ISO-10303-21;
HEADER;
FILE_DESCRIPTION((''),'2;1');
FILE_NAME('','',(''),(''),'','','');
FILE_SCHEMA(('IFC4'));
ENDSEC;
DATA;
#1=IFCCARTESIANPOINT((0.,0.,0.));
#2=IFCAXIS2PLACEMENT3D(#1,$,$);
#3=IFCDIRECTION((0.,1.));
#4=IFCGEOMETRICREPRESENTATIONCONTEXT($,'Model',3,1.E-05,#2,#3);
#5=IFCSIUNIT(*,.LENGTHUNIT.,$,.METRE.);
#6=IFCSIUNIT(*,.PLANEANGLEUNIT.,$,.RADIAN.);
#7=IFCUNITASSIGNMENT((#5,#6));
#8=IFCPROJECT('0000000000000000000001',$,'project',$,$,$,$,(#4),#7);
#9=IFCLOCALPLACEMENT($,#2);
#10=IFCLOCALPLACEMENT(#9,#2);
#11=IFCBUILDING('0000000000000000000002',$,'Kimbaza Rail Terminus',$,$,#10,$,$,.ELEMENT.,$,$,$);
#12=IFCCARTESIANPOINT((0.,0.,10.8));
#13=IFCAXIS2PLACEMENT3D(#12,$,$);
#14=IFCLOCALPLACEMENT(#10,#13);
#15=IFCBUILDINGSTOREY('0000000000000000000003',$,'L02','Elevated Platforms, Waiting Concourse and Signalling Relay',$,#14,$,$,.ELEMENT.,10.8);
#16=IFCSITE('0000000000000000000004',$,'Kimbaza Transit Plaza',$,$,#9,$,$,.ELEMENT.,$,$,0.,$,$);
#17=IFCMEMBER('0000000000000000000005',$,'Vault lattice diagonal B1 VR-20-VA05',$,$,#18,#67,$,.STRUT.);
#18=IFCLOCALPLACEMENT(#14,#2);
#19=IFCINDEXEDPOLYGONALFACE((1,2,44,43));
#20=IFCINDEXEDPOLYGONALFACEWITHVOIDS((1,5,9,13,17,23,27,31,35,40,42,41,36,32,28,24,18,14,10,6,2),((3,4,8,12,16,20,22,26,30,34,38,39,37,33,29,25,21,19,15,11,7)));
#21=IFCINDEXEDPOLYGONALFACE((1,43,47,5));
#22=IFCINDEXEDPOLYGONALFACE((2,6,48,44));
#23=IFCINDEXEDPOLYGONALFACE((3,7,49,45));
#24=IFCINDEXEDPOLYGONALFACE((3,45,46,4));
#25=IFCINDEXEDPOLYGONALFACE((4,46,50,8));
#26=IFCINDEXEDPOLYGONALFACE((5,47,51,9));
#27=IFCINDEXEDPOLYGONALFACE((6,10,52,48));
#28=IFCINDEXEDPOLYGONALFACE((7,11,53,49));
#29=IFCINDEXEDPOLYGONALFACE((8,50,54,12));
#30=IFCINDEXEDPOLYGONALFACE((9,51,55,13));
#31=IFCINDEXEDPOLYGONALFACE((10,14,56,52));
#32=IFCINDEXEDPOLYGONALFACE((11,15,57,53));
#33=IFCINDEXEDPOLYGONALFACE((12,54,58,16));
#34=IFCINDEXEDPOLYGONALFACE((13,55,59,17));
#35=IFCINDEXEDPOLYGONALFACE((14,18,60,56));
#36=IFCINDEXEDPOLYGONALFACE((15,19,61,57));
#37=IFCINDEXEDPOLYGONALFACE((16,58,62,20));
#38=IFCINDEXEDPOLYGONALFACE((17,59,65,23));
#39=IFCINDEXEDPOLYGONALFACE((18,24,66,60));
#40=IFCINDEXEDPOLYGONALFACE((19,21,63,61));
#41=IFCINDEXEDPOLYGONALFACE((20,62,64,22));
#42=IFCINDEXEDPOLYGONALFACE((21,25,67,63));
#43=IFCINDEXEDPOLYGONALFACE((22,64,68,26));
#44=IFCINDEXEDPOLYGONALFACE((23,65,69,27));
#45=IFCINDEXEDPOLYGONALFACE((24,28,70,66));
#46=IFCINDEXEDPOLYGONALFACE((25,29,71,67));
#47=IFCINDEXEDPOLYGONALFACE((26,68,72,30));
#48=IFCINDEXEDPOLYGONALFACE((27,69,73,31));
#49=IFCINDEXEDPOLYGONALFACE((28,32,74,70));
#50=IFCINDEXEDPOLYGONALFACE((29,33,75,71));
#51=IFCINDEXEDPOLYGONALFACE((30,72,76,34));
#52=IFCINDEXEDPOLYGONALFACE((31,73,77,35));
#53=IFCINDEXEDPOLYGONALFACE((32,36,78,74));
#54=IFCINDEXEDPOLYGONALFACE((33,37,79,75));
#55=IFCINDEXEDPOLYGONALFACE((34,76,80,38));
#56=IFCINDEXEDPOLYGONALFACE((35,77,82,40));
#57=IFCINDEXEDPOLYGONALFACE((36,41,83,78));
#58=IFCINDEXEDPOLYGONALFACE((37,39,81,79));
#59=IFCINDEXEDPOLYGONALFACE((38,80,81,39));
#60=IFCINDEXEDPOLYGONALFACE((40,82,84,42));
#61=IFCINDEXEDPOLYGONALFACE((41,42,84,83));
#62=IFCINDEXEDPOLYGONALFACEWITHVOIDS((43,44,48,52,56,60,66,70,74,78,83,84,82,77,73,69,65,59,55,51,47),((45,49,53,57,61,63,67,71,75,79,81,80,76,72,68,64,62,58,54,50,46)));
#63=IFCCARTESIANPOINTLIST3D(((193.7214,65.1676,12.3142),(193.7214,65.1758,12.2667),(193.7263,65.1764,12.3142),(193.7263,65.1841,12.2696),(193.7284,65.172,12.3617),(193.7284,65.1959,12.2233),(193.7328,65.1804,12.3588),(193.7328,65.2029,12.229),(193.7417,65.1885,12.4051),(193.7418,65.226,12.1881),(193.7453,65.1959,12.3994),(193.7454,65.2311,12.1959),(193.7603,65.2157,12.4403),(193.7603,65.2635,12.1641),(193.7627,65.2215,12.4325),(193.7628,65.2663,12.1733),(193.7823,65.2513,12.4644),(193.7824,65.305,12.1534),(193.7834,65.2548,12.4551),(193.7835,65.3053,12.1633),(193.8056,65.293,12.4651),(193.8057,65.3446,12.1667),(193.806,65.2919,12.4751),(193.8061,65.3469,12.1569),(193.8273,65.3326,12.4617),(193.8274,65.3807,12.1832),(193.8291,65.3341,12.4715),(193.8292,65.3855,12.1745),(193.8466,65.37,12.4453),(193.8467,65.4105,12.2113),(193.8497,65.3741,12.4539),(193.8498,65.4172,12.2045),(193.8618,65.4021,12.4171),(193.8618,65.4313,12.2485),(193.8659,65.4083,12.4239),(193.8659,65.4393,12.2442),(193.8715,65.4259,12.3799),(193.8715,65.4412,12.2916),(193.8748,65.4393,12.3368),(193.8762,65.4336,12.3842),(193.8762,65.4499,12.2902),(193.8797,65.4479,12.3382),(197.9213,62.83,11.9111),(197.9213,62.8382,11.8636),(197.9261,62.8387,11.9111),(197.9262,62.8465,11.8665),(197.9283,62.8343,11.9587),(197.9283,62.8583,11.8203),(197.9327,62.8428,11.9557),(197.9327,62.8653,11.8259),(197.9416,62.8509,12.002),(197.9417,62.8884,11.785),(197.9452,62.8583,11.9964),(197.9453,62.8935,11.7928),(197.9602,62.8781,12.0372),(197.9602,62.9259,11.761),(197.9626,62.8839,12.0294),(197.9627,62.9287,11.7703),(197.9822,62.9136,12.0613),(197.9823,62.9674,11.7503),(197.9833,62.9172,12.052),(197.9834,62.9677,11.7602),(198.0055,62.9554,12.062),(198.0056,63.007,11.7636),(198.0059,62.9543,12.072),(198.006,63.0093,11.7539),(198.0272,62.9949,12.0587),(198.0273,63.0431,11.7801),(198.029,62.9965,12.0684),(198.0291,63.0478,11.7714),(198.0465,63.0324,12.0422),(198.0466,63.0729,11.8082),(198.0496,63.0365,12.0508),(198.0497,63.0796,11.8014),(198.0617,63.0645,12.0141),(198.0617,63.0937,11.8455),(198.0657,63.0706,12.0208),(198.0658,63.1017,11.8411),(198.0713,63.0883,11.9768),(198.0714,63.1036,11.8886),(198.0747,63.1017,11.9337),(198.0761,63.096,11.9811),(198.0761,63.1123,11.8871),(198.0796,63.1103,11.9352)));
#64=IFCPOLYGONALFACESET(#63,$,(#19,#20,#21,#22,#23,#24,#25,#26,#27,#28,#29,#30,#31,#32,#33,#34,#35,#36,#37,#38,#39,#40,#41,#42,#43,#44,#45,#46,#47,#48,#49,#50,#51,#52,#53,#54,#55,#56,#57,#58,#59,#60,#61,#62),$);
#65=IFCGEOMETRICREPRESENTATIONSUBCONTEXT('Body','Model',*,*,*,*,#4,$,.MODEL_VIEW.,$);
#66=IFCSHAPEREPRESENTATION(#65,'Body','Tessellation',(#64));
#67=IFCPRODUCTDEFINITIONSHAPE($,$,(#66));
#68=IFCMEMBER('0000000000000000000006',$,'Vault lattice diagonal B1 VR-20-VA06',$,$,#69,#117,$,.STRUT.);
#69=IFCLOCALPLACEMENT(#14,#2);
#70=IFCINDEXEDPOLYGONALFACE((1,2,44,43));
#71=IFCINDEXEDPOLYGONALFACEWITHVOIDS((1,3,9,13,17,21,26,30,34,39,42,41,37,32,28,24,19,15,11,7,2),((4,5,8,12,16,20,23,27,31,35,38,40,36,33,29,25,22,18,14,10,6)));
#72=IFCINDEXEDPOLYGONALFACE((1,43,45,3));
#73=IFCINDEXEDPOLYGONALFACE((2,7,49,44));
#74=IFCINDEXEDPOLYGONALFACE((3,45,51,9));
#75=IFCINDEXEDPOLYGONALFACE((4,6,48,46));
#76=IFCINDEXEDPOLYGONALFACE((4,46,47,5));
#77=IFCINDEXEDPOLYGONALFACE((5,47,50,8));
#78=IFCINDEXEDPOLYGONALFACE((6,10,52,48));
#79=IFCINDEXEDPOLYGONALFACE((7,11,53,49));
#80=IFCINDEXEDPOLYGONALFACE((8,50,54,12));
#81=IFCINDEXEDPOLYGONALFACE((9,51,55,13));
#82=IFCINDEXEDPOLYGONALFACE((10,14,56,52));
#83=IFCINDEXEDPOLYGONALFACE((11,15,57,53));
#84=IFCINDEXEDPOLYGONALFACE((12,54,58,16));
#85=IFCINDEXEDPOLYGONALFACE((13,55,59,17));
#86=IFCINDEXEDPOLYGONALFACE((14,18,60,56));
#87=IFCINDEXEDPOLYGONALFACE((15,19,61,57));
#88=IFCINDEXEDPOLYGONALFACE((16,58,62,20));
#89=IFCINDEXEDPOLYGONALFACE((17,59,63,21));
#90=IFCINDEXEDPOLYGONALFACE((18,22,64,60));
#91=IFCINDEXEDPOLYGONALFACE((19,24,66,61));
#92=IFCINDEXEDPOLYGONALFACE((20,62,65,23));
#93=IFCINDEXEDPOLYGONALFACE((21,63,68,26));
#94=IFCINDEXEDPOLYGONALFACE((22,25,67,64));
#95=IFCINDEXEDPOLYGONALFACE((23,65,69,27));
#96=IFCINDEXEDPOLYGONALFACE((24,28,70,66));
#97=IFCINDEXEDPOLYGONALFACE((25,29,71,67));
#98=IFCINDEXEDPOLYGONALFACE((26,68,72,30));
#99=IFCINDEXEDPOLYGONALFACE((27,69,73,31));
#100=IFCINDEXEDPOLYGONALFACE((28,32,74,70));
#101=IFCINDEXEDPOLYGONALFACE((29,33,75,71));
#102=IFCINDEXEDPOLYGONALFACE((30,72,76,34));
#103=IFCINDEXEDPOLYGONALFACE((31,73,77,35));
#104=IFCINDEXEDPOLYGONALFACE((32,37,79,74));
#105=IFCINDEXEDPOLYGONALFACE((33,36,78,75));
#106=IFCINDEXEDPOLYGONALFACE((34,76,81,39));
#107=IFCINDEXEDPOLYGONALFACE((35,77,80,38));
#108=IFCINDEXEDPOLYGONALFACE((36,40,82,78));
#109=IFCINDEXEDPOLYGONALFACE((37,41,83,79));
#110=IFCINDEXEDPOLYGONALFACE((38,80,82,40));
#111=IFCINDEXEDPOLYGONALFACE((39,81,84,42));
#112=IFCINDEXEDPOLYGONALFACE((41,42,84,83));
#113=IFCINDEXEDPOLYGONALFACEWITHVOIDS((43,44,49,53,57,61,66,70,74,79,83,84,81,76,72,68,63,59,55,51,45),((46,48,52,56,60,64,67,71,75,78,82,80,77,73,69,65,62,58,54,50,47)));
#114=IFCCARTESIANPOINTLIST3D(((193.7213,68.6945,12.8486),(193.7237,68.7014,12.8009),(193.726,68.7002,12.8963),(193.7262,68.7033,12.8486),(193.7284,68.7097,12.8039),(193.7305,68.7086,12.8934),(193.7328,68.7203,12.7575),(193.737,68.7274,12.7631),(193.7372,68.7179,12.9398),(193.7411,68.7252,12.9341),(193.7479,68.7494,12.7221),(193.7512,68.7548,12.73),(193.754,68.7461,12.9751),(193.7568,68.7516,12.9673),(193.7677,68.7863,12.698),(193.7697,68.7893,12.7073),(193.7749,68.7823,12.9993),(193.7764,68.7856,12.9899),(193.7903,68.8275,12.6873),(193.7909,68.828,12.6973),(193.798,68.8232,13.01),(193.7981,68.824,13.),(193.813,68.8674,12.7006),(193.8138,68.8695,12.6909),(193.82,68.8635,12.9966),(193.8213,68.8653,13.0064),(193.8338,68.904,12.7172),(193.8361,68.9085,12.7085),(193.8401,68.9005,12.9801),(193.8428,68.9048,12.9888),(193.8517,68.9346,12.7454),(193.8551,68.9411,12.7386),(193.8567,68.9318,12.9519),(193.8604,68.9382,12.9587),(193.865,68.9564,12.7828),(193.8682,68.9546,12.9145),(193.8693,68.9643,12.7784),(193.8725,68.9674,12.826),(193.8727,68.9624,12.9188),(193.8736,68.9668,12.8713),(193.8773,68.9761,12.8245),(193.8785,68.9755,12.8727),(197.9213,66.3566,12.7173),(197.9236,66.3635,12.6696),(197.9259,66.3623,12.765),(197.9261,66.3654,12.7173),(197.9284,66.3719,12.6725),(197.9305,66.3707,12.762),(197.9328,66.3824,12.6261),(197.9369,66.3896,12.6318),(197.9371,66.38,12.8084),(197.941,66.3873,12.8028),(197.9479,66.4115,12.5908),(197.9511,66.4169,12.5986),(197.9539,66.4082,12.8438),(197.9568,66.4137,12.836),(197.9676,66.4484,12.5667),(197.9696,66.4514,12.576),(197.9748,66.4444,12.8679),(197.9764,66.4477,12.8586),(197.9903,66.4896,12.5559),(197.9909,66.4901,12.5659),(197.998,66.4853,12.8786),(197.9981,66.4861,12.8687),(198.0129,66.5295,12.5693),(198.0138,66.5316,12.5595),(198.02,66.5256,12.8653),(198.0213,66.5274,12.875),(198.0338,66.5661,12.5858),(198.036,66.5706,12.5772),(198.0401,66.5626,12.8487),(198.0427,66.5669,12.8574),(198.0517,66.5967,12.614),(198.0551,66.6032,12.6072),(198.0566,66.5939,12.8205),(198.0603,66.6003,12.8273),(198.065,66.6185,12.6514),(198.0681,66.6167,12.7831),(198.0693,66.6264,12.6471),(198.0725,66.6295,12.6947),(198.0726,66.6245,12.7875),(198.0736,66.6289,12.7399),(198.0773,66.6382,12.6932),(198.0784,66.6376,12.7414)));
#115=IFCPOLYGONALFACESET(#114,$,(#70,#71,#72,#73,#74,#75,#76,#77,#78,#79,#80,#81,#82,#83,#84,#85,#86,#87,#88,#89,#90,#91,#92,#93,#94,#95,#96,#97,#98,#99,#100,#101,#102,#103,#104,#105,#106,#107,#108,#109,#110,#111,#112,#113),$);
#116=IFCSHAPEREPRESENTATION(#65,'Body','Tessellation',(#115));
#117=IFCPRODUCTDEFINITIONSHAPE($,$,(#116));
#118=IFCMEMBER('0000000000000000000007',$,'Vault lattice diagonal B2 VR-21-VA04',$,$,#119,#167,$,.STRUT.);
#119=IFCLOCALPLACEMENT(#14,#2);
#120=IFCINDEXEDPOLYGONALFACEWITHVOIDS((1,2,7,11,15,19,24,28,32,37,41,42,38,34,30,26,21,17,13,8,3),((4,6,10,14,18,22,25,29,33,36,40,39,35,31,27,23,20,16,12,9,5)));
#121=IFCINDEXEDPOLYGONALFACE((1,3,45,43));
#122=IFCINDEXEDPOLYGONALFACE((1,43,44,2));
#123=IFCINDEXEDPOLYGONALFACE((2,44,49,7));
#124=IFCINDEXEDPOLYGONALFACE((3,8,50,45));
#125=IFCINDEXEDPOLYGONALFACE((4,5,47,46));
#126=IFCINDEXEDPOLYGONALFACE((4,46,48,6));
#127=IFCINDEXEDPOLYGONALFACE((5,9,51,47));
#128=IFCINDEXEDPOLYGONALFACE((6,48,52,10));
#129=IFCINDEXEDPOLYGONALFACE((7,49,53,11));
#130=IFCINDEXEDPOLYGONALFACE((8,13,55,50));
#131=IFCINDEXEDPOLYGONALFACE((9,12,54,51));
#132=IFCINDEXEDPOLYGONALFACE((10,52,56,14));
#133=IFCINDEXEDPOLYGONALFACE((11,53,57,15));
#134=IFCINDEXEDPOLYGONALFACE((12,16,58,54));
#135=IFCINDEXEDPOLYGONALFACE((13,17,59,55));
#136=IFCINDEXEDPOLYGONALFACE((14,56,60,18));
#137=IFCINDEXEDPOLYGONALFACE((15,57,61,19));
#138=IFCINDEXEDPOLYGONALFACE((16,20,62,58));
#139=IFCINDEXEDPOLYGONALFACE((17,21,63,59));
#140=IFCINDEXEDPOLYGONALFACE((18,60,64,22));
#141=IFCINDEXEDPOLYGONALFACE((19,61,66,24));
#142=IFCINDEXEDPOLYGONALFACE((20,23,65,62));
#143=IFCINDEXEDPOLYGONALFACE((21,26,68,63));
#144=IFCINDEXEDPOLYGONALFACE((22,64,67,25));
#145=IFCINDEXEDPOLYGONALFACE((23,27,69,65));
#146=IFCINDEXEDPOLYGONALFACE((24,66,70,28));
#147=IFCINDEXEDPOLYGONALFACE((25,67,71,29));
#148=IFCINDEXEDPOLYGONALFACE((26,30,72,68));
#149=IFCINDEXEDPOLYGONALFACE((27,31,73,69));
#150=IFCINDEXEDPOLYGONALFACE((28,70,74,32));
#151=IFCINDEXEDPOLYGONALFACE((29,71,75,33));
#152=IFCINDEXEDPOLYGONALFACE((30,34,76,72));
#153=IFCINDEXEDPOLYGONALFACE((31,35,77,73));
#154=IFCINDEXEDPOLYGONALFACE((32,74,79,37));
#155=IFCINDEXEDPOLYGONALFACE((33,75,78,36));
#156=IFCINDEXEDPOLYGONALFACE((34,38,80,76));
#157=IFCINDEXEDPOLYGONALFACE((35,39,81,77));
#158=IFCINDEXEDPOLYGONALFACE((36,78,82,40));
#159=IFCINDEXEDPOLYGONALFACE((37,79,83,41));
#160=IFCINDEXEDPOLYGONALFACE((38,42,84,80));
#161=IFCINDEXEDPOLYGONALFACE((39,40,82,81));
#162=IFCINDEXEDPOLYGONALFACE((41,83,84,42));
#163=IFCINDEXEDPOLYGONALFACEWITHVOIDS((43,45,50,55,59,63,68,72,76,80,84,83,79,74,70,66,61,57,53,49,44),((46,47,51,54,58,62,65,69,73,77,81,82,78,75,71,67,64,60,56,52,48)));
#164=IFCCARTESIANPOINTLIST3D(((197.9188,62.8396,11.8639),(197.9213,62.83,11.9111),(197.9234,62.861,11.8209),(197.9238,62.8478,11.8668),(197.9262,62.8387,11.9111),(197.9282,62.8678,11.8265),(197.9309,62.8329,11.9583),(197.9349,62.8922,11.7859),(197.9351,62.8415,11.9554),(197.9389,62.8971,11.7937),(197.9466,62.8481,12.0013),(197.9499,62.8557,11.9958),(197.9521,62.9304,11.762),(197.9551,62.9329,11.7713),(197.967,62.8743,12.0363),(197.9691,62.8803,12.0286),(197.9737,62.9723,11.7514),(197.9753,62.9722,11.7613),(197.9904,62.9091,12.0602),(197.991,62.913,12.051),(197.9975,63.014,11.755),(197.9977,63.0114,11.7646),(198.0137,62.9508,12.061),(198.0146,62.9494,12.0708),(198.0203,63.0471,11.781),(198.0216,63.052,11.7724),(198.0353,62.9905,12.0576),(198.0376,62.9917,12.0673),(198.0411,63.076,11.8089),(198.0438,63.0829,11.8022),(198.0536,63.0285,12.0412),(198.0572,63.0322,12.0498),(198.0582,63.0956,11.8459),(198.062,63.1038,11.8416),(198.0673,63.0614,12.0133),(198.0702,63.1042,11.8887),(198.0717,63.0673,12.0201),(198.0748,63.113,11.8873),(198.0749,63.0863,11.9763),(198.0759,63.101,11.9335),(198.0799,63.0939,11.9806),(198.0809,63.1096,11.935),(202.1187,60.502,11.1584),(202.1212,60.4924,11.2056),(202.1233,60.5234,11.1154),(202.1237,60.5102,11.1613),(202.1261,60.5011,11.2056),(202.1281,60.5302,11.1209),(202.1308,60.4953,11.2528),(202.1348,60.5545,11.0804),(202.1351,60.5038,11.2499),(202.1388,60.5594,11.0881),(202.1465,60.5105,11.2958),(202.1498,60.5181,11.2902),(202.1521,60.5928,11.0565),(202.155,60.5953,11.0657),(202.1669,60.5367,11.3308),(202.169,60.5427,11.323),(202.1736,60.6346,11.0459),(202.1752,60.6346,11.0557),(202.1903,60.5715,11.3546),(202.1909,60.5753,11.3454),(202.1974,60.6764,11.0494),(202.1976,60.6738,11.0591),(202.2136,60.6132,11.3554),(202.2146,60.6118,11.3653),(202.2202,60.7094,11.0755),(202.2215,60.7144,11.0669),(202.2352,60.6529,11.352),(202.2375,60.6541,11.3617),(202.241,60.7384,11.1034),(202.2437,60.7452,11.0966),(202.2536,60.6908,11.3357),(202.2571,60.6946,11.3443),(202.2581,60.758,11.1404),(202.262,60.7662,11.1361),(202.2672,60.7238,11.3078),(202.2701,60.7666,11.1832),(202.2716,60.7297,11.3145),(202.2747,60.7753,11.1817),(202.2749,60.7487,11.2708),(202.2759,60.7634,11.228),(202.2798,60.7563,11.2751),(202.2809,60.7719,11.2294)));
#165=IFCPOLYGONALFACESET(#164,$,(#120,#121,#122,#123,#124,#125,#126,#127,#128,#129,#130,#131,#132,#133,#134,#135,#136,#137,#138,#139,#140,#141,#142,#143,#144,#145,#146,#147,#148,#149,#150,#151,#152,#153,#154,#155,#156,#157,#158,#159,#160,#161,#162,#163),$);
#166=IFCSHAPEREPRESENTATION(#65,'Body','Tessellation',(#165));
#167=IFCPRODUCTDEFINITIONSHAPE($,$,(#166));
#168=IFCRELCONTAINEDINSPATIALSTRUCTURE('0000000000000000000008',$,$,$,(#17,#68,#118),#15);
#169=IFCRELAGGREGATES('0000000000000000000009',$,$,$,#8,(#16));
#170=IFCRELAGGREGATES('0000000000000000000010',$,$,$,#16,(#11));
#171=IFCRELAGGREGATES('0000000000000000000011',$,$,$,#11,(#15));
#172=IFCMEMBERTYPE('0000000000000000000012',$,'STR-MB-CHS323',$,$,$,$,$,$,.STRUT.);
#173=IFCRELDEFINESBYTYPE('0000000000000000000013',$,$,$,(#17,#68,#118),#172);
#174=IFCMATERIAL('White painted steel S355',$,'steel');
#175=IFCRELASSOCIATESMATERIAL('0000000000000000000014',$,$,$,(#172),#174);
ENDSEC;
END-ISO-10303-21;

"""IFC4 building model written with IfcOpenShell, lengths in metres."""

from ifc_helpers import new_model, si_unit, direction, frame, origin, origin_2d, place, context, subcontext, project, spatial, hollow_circle, extrude, material, material_profile, profile_set, type_object, element, save


model = new_model("IFC4")

# Units and contexts
model_context = context("Model", 3, precision=1e-05, world=origin(), true_north=direction((0.0, 1.0)))
body_context = subcontext(model_context, "Body", "Model", "MODEL_VIEW")
ifc_project = project(units=[si_unit("LENGTHUNIT", "METRE"), si_unit("PLANEANGLEUNIT", "RADIAN")], contexts=[model_context])

# Site, building, storey
site_placement = place(None, origin())
site = spatial("IfcSite", under=ifc_project, at=site_placement, Name="Kimbaza Transit Plaza", CompositionType="ELEMENT", RefElevation=0.0)
building_placement = place(site_placement, origin())
building = spatial("IfcBuilding", under=site, at=building_placement, Name="Kimbaza Rail Terminus", CompositionType="ELEMENT")
storey_placement = place(building_placement, frame((0.0, 0.0, 10.8)))
storey = spatial("IfcBuildingStorey", under=building, at=storey_placement, Name="L02", Description="Elevated Platforms, Waiting Concourse and Signalling Relay", CompositionType="ELEMENT", Elevation=10.8)

# Members
ifc_material_1 = material(Name="White painted steel S355", Category="steel")
ifc_material_profile_1 = material_profile(ifc_material_1, hollow_circle(Radius=0.1619, WallThickness=0.01, at=origin_2d()), Name="CHS 323.9x10")
ifc_profile_set_1 = profile_set([ifc_material_profile_1], Name="White painted steel S355")
member_type_1 = type_object("IfcMemberType", Name="STR-MB-CHS323", PredefinedType="STRUT", material=ifc_profile_set_1)
member_1_placement = place(storey_placement, frame((198.0, 62.9714, 11.9111), z_axis=(-0.870718, 0.484632, 0.083564), x_axis=(-0.486333, -0.873774, 0.0)))
element("IfcMember", 1, at=member_1_placement, inside=storey, type_object=member_type_1, Name="Vault lattice diagonal B1 VR-20-VA05", PredefinedType="STRUT", context=body_context, shape_type="SweptSolid", body=[
    extrude(hollow_circle(Radius=0.1619, WallThickness=0.01, at=origin_2d()), origin(), (0.0, 0.0, 1.0), 4.8235),
])
member_2_placement = place(storey_placement, frame((198.0, 66.498, 12.7173), z_axis=(-0.873426, 0.48619, 0.027315), x_axis=(-0.486372, -0.873752, 0.0)))
element("IfcMember", 2, at=member_2_placement, inside=storey, type_object=member_type_1, Name="Vault lattice diagonal B1 VR-20-VA06", PredefinedType="STRUT", context=body_context, shape_type="SweptSolid", body=[
    extrude(hollow_circle(Radius=0.1619, WallThickness=0.01, at=origin_2d()), origin(), (0.0, 0.0, 1.0), 4.8086),
])
member_3_placement = place(storey_placement, frame((202.2, 60.6338, 11.2056), z_axis=(-0.86451, 0.481176, 0.145232), x_axis=(-0.486333, -0.873774, 0.0)))
element("IfcMember", 3, at=member_3_placement, inside=storey, type_object=member_type_1, Name="Vault lattice diagonal B2 VR-21-VA04", PredefinedType="STRUT", context=body_context, shape_type="SweptSolid", body=[
    extrude(hollow_circle(Radius=0.1619, WallThickness=0.01, at=origin_2d()), origin(), (0.0, 0.0, 1.0), 4.8582),
])

save(model, "model.ifc")
